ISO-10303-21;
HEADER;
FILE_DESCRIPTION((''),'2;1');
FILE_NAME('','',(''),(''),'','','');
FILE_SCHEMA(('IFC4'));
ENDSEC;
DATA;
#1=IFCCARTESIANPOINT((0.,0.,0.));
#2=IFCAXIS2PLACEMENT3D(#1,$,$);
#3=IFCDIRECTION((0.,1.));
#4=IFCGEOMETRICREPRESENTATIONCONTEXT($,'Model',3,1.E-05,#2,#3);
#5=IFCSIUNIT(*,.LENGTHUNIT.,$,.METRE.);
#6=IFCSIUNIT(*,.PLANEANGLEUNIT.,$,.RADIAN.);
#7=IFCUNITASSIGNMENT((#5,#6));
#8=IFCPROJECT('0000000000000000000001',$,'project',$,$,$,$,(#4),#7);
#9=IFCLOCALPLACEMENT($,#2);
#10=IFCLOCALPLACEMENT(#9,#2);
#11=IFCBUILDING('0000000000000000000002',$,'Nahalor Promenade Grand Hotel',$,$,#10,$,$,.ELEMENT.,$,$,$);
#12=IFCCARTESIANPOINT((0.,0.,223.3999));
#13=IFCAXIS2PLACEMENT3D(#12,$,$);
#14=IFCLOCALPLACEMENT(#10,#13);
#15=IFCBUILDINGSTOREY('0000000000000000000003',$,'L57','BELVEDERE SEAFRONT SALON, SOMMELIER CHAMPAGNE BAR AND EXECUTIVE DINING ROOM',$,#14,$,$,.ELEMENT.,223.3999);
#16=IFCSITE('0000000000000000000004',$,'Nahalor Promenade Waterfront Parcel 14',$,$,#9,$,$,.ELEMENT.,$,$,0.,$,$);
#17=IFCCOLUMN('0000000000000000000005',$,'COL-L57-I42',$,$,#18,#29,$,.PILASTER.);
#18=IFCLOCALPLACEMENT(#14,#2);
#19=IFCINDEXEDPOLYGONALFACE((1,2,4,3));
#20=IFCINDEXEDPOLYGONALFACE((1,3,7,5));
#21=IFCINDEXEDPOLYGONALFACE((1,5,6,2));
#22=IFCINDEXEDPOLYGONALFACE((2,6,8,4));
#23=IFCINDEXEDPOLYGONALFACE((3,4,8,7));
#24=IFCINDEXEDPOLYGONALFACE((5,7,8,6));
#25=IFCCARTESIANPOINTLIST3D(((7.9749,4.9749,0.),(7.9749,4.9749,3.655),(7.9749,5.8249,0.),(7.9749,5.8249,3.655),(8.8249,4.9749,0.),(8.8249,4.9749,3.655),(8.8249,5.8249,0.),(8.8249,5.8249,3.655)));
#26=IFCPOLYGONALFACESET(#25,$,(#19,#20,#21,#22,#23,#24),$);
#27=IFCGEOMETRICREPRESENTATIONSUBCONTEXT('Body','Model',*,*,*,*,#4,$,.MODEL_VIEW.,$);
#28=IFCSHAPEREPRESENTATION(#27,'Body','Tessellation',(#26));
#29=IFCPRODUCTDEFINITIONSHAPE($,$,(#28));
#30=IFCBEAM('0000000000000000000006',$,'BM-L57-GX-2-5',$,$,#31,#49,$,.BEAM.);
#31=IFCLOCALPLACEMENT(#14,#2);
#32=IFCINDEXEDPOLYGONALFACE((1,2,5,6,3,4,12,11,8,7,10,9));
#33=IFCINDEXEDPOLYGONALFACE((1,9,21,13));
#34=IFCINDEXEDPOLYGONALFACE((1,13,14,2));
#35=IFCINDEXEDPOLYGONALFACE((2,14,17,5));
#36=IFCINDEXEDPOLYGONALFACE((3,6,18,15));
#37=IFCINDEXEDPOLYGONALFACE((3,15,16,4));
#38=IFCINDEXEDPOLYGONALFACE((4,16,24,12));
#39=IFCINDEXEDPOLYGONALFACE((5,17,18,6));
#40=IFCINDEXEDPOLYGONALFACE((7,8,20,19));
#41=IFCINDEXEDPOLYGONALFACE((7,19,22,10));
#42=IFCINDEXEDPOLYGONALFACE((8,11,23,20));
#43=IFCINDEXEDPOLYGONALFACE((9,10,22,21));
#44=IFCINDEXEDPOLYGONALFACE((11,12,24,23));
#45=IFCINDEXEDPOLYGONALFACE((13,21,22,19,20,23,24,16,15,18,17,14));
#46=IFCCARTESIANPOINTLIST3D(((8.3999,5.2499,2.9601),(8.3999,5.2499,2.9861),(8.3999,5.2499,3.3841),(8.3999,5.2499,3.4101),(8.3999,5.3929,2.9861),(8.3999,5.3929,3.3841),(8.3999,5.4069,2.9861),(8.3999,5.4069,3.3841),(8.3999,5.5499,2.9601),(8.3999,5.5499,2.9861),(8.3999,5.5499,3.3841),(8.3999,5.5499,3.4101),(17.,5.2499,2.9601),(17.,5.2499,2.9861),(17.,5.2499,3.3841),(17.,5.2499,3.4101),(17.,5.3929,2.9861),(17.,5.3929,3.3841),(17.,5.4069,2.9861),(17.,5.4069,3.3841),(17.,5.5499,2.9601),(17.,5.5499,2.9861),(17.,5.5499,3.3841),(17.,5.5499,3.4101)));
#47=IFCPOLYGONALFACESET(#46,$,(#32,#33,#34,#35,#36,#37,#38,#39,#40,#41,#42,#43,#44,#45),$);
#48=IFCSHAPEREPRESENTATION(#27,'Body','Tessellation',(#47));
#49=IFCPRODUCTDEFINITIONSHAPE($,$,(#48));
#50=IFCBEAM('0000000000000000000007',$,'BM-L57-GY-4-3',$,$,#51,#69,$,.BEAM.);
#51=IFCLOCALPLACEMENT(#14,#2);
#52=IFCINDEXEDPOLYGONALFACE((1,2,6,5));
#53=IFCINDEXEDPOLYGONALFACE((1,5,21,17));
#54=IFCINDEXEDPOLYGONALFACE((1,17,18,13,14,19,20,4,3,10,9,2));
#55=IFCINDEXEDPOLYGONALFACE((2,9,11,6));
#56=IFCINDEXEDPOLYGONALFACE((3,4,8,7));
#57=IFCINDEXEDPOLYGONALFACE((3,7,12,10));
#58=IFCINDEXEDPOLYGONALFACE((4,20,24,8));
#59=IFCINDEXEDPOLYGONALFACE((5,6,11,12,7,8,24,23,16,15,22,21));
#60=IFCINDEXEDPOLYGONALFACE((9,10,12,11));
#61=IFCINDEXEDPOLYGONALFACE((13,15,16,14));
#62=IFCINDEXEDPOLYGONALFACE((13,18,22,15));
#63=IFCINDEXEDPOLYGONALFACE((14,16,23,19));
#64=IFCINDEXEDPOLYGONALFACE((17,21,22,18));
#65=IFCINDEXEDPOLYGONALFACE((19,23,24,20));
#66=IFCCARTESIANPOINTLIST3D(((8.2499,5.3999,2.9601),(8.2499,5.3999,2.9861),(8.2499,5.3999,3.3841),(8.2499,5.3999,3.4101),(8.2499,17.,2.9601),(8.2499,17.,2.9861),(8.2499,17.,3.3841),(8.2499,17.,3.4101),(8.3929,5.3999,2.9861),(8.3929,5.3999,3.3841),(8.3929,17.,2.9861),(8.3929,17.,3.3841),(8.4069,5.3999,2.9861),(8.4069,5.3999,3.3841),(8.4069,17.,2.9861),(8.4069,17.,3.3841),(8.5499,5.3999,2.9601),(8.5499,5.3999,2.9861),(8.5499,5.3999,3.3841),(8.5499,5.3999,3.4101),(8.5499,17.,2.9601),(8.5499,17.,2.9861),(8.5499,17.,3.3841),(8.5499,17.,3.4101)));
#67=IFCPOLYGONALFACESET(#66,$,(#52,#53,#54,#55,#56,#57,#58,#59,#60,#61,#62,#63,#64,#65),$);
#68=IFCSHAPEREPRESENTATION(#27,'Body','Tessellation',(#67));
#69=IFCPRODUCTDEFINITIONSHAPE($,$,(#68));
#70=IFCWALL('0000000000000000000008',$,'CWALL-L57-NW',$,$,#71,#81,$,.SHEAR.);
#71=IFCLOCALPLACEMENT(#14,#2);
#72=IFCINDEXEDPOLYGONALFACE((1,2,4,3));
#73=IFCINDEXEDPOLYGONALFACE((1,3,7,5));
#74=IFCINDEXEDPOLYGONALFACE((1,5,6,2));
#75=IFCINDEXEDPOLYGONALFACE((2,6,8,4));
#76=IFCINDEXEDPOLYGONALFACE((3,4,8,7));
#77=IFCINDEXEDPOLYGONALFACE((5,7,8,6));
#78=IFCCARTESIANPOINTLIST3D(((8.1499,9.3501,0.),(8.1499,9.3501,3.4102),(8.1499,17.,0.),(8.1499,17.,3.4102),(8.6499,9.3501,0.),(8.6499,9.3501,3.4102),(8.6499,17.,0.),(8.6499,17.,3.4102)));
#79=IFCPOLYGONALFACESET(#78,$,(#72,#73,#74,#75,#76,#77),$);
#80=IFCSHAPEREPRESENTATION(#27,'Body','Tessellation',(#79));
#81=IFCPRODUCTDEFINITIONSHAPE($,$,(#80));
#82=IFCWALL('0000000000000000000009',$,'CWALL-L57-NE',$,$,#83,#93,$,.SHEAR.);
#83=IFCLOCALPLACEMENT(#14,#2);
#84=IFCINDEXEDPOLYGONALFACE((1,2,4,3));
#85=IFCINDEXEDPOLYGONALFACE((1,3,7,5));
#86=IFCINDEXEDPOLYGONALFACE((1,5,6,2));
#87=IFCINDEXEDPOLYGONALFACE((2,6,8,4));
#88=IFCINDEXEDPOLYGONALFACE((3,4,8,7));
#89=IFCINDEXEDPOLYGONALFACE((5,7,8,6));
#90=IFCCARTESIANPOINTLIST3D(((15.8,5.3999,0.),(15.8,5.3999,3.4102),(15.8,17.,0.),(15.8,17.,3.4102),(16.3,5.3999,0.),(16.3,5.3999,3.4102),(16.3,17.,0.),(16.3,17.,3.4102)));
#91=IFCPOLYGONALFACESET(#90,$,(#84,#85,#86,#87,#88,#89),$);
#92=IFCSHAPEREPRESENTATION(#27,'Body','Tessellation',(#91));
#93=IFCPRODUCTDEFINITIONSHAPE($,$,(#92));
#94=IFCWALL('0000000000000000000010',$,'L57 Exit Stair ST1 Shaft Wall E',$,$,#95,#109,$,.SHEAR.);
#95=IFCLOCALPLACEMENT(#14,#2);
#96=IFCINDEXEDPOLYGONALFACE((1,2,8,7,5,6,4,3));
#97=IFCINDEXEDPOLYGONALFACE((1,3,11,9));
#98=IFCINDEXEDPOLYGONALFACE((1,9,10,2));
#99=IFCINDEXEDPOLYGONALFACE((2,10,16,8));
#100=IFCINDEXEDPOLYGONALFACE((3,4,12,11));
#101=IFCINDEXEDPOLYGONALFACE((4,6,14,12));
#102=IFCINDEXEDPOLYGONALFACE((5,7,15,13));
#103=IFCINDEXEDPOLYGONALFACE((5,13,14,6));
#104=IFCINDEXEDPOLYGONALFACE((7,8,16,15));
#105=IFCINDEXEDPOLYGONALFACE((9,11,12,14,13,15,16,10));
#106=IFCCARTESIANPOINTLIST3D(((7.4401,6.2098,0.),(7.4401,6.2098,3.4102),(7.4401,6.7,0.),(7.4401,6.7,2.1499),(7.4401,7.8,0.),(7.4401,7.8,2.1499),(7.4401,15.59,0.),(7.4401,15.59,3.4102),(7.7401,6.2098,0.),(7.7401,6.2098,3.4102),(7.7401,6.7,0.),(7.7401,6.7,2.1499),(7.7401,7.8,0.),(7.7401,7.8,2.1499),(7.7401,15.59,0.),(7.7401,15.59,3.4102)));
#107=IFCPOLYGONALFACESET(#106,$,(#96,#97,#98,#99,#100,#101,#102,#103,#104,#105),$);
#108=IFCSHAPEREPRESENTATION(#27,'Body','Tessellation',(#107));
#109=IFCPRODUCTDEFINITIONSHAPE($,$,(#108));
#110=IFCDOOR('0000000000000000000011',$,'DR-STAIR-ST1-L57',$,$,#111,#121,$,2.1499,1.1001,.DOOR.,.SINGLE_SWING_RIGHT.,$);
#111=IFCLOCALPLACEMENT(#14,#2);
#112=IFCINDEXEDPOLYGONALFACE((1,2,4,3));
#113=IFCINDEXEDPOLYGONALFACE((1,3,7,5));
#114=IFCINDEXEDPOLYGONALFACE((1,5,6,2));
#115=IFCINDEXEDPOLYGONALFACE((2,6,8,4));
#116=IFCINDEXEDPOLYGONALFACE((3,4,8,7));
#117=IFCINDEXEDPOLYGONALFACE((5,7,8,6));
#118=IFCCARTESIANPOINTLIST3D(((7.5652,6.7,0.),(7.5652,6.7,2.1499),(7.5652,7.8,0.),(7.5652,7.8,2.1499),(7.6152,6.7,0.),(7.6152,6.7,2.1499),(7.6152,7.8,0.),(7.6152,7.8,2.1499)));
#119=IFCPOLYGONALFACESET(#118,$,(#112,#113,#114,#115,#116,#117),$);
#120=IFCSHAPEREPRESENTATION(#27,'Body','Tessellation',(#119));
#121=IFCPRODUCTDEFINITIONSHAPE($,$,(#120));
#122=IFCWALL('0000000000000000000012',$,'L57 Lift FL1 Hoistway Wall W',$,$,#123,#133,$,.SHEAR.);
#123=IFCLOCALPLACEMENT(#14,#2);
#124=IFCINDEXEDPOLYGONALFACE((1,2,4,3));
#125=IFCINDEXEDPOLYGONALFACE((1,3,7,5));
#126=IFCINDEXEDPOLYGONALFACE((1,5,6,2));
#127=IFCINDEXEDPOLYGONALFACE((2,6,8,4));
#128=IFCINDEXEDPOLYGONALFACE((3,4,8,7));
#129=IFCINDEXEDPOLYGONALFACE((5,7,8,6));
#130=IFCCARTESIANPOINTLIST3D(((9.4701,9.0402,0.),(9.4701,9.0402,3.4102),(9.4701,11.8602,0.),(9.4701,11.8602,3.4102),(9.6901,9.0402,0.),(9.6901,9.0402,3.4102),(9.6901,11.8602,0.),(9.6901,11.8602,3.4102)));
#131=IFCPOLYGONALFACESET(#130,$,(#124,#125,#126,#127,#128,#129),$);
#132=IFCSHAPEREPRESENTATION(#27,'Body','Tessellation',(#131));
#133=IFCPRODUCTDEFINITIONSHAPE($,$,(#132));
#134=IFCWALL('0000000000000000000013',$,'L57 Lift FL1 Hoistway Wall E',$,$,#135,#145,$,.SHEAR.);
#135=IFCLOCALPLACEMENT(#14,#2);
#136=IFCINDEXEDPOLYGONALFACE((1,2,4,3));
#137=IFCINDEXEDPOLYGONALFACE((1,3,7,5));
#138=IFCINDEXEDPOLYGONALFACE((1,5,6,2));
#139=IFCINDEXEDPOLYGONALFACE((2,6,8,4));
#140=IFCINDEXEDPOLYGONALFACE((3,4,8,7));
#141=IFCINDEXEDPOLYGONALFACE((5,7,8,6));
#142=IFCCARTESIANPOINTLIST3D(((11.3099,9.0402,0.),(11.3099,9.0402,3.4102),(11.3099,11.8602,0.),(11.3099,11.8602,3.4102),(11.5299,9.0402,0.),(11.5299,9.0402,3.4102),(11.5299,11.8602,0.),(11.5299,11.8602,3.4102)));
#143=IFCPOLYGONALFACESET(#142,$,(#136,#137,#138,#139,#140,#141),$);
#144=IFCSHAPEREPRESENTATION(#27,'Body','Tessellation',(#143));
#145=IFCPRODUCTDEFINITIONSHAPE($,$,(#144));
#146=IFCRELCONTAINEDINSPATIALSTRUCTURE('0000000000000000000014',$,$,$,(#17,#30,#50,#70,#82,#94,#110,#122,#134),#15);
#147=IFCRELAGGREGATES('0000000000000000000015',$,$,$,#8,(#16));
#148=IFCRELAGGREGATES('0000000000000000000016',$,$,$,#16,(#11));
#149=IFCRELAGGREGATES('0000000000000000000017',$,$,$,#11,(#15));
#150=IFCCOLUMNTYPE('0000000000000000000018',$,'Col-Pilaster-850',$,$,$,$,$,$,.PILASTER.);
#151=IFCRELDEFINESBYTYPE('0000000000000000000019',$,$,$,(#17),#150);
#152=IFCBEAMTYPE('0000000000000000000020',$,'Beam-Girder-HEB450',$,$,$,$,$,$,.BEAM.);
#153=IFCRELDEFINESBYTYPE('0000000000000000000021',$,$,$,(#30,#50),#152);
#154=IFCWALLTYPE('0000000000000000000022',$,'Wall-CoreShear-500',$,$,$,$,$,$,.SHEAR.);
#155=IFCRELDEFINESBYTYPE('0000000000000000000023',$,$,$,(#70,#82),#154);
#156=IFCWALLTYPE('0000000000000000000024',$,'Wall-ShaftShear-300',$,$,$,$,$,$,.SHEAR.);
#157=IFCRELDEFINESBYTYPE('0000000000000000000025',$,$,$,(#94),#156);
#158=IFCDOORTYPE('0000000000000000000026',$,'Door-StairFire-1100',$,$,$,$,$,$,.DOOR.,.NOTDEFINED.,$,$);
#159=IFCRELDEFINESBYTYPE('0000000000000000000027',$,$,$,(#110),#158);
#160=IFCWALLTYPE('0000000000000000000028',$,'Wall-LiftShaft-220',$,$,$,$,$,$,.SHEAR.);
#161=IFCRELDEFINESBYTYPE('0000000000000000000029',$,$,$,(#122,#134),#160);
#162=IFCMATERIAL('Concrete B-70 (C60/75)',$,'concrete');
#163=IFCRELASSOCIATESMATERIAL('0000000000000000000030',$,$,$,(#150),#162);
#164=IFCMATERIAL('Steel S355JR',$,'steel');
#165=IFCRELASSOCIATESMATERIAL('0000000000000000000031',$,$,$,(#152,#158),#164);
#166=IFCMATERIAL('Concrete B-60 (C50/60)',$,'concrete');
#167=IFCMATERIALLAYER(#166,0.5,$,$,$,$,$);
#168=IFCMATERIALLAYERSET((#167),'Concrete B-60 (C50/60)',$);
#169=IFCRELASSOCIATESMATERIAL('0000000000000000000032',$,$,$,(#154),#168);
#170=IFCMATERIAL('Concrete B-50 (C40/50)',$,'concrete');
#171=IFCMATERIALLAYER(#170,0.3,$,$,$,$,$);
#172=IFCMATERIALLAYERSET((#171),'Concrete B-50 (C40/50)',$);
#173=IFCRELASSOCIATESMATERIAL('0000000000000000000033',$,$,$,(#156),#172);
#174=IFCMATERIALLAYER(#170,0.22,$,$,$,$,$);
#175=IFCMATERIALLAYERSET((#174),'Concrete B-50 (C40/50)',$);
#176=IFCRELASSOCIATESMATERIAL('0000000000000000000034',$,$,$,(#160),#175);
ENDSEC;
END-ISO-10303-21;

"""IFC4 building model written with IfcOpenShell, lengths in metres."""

from ifc_helpers import new_model, si_unit, direction, frame, frame_2d, origin, origin_2d, place, context, subcontext, project, spatial, rectangle, i_section, extrude, source, transform, mapped, material, layer, layer_set, material_profile, profile_set, type_object, element, fill, save


model = new_model("IFC4")

# Units and contexts
model_context = context("Model", 3, precision=1e-05, world=origin(), true_north=direction((0.0, 1.0)))
body_context = subcontext(model_context, "Body", "Model", "MODEL_VIEW")
ifc_project = project(units=[si_unit("LENGTHUNIT", "METRE"), si_unit("PLANEANGLEUNIT", "RADIAN")], contexts=[model_context])

# Site, building, storey
site_placement = place(None, origin())
site = spatial("IfcSite", under=ifc_project, at=site_placement, Name="Nahalor Promenade Waterfront Parcel 14", CompositionType="ELEMENT", RefElevation=0.0)
building_placement = place(site_placement, origin())
building = spatial("IfcBuilding", under=site, at=building_placement, Name="Nahalor Promenade Grand Hotel", CompositionType="ELEMENT")
storey_placement = place(building_placement, frame((0.0, 0.0, 223.3999)))
storey = spatial("IfcBuildingStorey", under=building, at=storey_placement, Name="L57", Description="BELVEDERE SEAFRONT SALON, SOMMELIER CHAMPAGNE BAR AND EXECUTIVE DINING ROOM", CompositionType="ELEMENT", Elevation=223.3999)

# Column
ifc_material_1 = material(Name="Concrete B-70 (C60/75)", Category="concrete")
ifc_material_profile_1 = material_profile(ifc_material_1, rectangle(XDim=0.85, YDim=0.85, at=origin_2d()), Name="RC 850x850")
ifc_profile_set_1 = profile_set([ifc_material_profile_1], Name="Concrete B-70 (C60/75)")
column_type = type_object("IfcColumnType", Name="Col-Pilaster-850", PredefinedType="PILASTER", material=ifc_profile_set_1)
shared_shape_1 = source(origin(), body_context, "Body", "SweptSolid", [
    extrude(rectangle(XDim=0.85, YDim=0.85, at=origin_2d()), origin(), (0.0, 0.0, 1.0), 3.655),
])
column_placement = place(storey_placement, frame((8.3999, 5.3999, 0.0), z_axis=(0.0, 0.0, 1.0), x_axis=(1.0, 0.0, 0.0)))
element("IfcColumn", 1, at=column_placement, inside=storey, type_object=column_type, Name="COL-L57-I42", PredefinedType="PILASTER", context=body_context, shape_type="MappedRepresentation", body=[
    mapped(shared_shape_1, transform((0.0, 0.0, 0.0), scale=1.0)),
])

# Beams
ifc_material_2 = material(Name="Steel S355JR", Category="steel")
ifc_material_profile_2 = material_profile(ifc_material_2, i_section(OverallWidth=0.3, OverallDepth=0.45, WebThickness=0.014, FlangeThickness=0.026, at=origin_2d()), Name="HEB 450")
ifc_profile_set_2 = profile_set([ifc_material_profile_2], Name="Steel S355JR")
beam_type = type_object("IfcBeamType", Name="Beam-Girder-HEB450", PredefinedType="BEAM", material=ifc_profile_set_2)
shared_shape_2 = source(origin(), body_context, "Body", "SweptSolid", [
    extrude(i_section(OverallWidth=0.3, OverallDepth=0.45, WebThickness=0.014, FlangeThickness=0.026, at=origin_2d()), origin(), (0.0, 0.0, 1.0), 8.6001),
])
beam_1_placement = place(storey_placement, frame((8.3999, 5.3999, 3.1851), z_axis=(1.0, 0.0, 0.0), x_axis=(0.0, 1.0, 0.0)))
element("IfcBeam", 2, at=beam_1_placement, inside=storey, type_object=beam_type, Name="BM-L57-GX-2-5", PredefinedType="BEAM", context=body_context, shape_type="MappedRepresentation", body=[
    mapped(shared_shape_2, transform((0.0, 0.0, 0.0), scale=1.0)),
])
shared_shape_3 = source(origin(), body_context, "Body", "SweptSolid", [
    extrude(i_section(OverallWidth=0.3, OverallDepth=0.45, WebThickness=0.014, FlangeThickness=0.026, at=origin_2d()), origin(), (0.0, 0.0, 1.0), 11.6001),
])
beam_2_placement = place(storey_placement, frame((8.3999, 5.3999, 3.1851), z_axis=(0.0, 1.0, 0.0), x_axis=(-1.0, 0.0, 0.0)))
element("IfcBeam", 3, at=beam_2_placement, inside=storey, type_object=beam_type, Name="BM-L57-GY-4-3", PredefinedType="BEAM", context=body_context, shape_type="MappedRepresentation", body=[
    mapped(shared_shape_3, transform((0.0, 0.0, 0.0), scale=1.0)),
])

# Walls
ifc_material_3 = material(Name="Concrete B-60 (C50/60)", Category="concrete")
ifc_layer_1 = layer(ifc_material_3, 0.5)
ifc_layer_set_1 = layer_set([ifc_layer_1], Name="Concrete B-60 (C50/60)")
wall_type_1 = type_object("IfcWallType", Name="Wall-CoreShear-500", PredefinedType="SHEAR", material=ifc_layer_set_1)
shared_shape_4 = source(origin(), body_context, "Body", "SweptSolid", [
    extrude(rectangle(XDim=7.6499, YDim=0.5, at=frame_2d((3.825, 0.0))), origin(), (0.0, 0.0, 1.0), 3.4102),
])
wall_1_placement = place(storey_placement, frame((8.3999, 9.3501, 0.0), z_axis=(0.0, 0.0, 1.0), x_axis=(0.0, 1.0, 0.0)))
element("IfcWall", 4, at=wall_1_placement, inside=storey, type_object=wall_type_1, Name="CWALL-L57-NW", PredefinedType="SHEAR", context=body_context, shape_type="MappedRepresentation", body=[
    mapped(shared_shape_4, transform((0.0, 0.0, 0.0), scale=1.0)),
])
shared_shape_5 = source(origin(), body_context, "Body", "SweptSolid", [
    extrude(rectangle(XDim=11.6001, YDim=0.5, at=frame_2d((5.8, 0.0))), origin(), (0.0, 0.0, 1.0), 3.4102),
])
wall_2_placement = place(storey_placement, frame((16.05, 5.3999, 0.0), z_axis=(0.0, 0.0, 1.0), x_axis=(0.0, 1.0, 0.0)))
element("IfcWall", 5, at=wall_2_placement, inside=storey, type_object=wall_type_1, Name="CWALL-L57-NE", PredefinedType="SHEAR", context=body_context, shape_type="MappedRepresentation", body=[
    mapped(shared_shape_5, transform((0.0, 0.0, 0.0), scale=1.0)),
])

# Wall, opening, door
ifc_material_4 = material(Name="Concrete B-50 (C40/50)", Category="concrete")
ifc_layer_2 = layer(ifc_material_4, 0.3)
ifc_layer_set_2 = layer_set([ifc_layer_2], Name="Concrete B-50 (C40/50)")
wall_type_2 = type_object("IfcWallType", Name="Wall-ShaftShear-300", PredefinedType="SHEAR", material=ifc_layer_set_2)
shared_shape_6 = source(origin(), body_context, "Body", "SweptSolid", [
    extrude(rectangle(XDim=9.3801, YDim=0.3, at=frame_2d((4.6899, 0.0))), origin(), (0.0, 0.0, 1.0), 3.4102),
])
wall_3_placement = place(storey_placement, frame((7.5901, 6.21, 0.0), z_axis=(0.0, 0.0, 1.0), x_axis=(0.0, 1.0, 0.0)))
wall_3 = element("IfcWall", 6, at=wall_3_placement, inside=storey, type_object=wall_type_2, Name="L57 Exit Stair ST1 Shaft Wall E", PredefinedType="SHEAR", context=body_context, shape_type="MappedRepresentation", body=[
    mapped(shared_shape_6, transform((0.0, 0.0, 0.0), scale=1.0)),
])
opening_1_placement = place(wall_3_placement, frame((0.49, 0.0, 0.0)))
opening_1 = element("IfcOpeningElement", 7, at=opening_1_placement, cuts=wall_3, PredefinedType="OPENING", context=body_context, shape_type="SweptSolid", body=[
    extrude(rectangle(XDim=1.1001, YDim=2.1499, at=frame_2d((0.55, 1.075))), frame((0.0, 0.1599, 0.0), z_axis=(0.0, -1.0, 0.0), x_axis=(1.0, 0.0, 0.0)), (0.0, 0.0, 1.0), 0.3201),
])
door_type_1 = type_object("IfcDoorType", Name="Door-StairFire-1100", OperationType="NOTDEFINED", PredefinedType="DOOR", material=ifc_material_2)
shared_shape_7 = source(origin(), body_context, "Body", "SweptSolid", [
    extrude(rectangle(XDim=1.1001, YDim=2.1499, at=frame_2d((0.55, 1.075))), frame((0.0, 0.0249, 0.0), z_axis=(0.0, -1.0, 0.0), x_axis=(1.0, 0.0, 0.0)), (0.0, 0.0, 1.0), 0.05),
])
door_1_placement = place(opening_1_placement, origin())
door_1 = element("IfcDoor", 8, at=door_1_placement, inside=storey, type_object=door_type_1, Name="DR-STAIR-ST1-L57", OperationType="SINGLE_SWING_RIGHT", OverallHeight=2.1499, OverallWidth=1.1001, PredefinedType="DOOR", context=body_context, shape_type="MappedRepresentation", body=[
    mapped(shared_shape_7, transform((0.0, 0.0, 0.0), scale=1.0)),
])
fill(opening_1, door_1)

# Walls
ifc_layer_3 = layer(ifc_material_4, 0.22)
ifc_layer_set_3 = layer_set([ifc_layer_3], Name="Concrete B-50 (C40/50)")
wall_type_3 = type_object("IfcWallType", Name="Wall-LiftShaft-220", PredefinedType="SHEAR", material=ifc_layer_set_3)
shared_shape_8 = source(origin(), body_context, "Body", "SweptSolid", [
    extrude(rectangle(XDim=2.8201, YDim=0.22, at=frame_2d((1.4102, 0.0))), origin(), (0.0, 0.0, 1.0), 3.4102),
])
for number, where, z_axis, x_axis, name in (
    (9, (9.5801, 9.04, 0.0), (0.0, 0.0, 1.0), (0.0, 1.0, 0.0), "L57 Lift FL1 Hoistway Wall W"),
    (10, (11.4199, 9.04, 0.0), (0.0, 0.0, 1.0), (0.0, 1.0, 0.0), "L57 Lift FL1 Hoistway Wall E"),
):
    element("IfcWall", number, at=place(storey_placement, frame(where, z_axis=z_axis, x_axis=x_axis)), inside=storey, type_object=wall_type_3, Name=name, PredefinedType="SHEAR", context=body_context, shape_type="MappedRepresentation", body=[
        mapped(shared_shape_8, transform((0.0, 0.0, 0.0), scale=1.0)),
    ])

save(model, "model.ifc")
